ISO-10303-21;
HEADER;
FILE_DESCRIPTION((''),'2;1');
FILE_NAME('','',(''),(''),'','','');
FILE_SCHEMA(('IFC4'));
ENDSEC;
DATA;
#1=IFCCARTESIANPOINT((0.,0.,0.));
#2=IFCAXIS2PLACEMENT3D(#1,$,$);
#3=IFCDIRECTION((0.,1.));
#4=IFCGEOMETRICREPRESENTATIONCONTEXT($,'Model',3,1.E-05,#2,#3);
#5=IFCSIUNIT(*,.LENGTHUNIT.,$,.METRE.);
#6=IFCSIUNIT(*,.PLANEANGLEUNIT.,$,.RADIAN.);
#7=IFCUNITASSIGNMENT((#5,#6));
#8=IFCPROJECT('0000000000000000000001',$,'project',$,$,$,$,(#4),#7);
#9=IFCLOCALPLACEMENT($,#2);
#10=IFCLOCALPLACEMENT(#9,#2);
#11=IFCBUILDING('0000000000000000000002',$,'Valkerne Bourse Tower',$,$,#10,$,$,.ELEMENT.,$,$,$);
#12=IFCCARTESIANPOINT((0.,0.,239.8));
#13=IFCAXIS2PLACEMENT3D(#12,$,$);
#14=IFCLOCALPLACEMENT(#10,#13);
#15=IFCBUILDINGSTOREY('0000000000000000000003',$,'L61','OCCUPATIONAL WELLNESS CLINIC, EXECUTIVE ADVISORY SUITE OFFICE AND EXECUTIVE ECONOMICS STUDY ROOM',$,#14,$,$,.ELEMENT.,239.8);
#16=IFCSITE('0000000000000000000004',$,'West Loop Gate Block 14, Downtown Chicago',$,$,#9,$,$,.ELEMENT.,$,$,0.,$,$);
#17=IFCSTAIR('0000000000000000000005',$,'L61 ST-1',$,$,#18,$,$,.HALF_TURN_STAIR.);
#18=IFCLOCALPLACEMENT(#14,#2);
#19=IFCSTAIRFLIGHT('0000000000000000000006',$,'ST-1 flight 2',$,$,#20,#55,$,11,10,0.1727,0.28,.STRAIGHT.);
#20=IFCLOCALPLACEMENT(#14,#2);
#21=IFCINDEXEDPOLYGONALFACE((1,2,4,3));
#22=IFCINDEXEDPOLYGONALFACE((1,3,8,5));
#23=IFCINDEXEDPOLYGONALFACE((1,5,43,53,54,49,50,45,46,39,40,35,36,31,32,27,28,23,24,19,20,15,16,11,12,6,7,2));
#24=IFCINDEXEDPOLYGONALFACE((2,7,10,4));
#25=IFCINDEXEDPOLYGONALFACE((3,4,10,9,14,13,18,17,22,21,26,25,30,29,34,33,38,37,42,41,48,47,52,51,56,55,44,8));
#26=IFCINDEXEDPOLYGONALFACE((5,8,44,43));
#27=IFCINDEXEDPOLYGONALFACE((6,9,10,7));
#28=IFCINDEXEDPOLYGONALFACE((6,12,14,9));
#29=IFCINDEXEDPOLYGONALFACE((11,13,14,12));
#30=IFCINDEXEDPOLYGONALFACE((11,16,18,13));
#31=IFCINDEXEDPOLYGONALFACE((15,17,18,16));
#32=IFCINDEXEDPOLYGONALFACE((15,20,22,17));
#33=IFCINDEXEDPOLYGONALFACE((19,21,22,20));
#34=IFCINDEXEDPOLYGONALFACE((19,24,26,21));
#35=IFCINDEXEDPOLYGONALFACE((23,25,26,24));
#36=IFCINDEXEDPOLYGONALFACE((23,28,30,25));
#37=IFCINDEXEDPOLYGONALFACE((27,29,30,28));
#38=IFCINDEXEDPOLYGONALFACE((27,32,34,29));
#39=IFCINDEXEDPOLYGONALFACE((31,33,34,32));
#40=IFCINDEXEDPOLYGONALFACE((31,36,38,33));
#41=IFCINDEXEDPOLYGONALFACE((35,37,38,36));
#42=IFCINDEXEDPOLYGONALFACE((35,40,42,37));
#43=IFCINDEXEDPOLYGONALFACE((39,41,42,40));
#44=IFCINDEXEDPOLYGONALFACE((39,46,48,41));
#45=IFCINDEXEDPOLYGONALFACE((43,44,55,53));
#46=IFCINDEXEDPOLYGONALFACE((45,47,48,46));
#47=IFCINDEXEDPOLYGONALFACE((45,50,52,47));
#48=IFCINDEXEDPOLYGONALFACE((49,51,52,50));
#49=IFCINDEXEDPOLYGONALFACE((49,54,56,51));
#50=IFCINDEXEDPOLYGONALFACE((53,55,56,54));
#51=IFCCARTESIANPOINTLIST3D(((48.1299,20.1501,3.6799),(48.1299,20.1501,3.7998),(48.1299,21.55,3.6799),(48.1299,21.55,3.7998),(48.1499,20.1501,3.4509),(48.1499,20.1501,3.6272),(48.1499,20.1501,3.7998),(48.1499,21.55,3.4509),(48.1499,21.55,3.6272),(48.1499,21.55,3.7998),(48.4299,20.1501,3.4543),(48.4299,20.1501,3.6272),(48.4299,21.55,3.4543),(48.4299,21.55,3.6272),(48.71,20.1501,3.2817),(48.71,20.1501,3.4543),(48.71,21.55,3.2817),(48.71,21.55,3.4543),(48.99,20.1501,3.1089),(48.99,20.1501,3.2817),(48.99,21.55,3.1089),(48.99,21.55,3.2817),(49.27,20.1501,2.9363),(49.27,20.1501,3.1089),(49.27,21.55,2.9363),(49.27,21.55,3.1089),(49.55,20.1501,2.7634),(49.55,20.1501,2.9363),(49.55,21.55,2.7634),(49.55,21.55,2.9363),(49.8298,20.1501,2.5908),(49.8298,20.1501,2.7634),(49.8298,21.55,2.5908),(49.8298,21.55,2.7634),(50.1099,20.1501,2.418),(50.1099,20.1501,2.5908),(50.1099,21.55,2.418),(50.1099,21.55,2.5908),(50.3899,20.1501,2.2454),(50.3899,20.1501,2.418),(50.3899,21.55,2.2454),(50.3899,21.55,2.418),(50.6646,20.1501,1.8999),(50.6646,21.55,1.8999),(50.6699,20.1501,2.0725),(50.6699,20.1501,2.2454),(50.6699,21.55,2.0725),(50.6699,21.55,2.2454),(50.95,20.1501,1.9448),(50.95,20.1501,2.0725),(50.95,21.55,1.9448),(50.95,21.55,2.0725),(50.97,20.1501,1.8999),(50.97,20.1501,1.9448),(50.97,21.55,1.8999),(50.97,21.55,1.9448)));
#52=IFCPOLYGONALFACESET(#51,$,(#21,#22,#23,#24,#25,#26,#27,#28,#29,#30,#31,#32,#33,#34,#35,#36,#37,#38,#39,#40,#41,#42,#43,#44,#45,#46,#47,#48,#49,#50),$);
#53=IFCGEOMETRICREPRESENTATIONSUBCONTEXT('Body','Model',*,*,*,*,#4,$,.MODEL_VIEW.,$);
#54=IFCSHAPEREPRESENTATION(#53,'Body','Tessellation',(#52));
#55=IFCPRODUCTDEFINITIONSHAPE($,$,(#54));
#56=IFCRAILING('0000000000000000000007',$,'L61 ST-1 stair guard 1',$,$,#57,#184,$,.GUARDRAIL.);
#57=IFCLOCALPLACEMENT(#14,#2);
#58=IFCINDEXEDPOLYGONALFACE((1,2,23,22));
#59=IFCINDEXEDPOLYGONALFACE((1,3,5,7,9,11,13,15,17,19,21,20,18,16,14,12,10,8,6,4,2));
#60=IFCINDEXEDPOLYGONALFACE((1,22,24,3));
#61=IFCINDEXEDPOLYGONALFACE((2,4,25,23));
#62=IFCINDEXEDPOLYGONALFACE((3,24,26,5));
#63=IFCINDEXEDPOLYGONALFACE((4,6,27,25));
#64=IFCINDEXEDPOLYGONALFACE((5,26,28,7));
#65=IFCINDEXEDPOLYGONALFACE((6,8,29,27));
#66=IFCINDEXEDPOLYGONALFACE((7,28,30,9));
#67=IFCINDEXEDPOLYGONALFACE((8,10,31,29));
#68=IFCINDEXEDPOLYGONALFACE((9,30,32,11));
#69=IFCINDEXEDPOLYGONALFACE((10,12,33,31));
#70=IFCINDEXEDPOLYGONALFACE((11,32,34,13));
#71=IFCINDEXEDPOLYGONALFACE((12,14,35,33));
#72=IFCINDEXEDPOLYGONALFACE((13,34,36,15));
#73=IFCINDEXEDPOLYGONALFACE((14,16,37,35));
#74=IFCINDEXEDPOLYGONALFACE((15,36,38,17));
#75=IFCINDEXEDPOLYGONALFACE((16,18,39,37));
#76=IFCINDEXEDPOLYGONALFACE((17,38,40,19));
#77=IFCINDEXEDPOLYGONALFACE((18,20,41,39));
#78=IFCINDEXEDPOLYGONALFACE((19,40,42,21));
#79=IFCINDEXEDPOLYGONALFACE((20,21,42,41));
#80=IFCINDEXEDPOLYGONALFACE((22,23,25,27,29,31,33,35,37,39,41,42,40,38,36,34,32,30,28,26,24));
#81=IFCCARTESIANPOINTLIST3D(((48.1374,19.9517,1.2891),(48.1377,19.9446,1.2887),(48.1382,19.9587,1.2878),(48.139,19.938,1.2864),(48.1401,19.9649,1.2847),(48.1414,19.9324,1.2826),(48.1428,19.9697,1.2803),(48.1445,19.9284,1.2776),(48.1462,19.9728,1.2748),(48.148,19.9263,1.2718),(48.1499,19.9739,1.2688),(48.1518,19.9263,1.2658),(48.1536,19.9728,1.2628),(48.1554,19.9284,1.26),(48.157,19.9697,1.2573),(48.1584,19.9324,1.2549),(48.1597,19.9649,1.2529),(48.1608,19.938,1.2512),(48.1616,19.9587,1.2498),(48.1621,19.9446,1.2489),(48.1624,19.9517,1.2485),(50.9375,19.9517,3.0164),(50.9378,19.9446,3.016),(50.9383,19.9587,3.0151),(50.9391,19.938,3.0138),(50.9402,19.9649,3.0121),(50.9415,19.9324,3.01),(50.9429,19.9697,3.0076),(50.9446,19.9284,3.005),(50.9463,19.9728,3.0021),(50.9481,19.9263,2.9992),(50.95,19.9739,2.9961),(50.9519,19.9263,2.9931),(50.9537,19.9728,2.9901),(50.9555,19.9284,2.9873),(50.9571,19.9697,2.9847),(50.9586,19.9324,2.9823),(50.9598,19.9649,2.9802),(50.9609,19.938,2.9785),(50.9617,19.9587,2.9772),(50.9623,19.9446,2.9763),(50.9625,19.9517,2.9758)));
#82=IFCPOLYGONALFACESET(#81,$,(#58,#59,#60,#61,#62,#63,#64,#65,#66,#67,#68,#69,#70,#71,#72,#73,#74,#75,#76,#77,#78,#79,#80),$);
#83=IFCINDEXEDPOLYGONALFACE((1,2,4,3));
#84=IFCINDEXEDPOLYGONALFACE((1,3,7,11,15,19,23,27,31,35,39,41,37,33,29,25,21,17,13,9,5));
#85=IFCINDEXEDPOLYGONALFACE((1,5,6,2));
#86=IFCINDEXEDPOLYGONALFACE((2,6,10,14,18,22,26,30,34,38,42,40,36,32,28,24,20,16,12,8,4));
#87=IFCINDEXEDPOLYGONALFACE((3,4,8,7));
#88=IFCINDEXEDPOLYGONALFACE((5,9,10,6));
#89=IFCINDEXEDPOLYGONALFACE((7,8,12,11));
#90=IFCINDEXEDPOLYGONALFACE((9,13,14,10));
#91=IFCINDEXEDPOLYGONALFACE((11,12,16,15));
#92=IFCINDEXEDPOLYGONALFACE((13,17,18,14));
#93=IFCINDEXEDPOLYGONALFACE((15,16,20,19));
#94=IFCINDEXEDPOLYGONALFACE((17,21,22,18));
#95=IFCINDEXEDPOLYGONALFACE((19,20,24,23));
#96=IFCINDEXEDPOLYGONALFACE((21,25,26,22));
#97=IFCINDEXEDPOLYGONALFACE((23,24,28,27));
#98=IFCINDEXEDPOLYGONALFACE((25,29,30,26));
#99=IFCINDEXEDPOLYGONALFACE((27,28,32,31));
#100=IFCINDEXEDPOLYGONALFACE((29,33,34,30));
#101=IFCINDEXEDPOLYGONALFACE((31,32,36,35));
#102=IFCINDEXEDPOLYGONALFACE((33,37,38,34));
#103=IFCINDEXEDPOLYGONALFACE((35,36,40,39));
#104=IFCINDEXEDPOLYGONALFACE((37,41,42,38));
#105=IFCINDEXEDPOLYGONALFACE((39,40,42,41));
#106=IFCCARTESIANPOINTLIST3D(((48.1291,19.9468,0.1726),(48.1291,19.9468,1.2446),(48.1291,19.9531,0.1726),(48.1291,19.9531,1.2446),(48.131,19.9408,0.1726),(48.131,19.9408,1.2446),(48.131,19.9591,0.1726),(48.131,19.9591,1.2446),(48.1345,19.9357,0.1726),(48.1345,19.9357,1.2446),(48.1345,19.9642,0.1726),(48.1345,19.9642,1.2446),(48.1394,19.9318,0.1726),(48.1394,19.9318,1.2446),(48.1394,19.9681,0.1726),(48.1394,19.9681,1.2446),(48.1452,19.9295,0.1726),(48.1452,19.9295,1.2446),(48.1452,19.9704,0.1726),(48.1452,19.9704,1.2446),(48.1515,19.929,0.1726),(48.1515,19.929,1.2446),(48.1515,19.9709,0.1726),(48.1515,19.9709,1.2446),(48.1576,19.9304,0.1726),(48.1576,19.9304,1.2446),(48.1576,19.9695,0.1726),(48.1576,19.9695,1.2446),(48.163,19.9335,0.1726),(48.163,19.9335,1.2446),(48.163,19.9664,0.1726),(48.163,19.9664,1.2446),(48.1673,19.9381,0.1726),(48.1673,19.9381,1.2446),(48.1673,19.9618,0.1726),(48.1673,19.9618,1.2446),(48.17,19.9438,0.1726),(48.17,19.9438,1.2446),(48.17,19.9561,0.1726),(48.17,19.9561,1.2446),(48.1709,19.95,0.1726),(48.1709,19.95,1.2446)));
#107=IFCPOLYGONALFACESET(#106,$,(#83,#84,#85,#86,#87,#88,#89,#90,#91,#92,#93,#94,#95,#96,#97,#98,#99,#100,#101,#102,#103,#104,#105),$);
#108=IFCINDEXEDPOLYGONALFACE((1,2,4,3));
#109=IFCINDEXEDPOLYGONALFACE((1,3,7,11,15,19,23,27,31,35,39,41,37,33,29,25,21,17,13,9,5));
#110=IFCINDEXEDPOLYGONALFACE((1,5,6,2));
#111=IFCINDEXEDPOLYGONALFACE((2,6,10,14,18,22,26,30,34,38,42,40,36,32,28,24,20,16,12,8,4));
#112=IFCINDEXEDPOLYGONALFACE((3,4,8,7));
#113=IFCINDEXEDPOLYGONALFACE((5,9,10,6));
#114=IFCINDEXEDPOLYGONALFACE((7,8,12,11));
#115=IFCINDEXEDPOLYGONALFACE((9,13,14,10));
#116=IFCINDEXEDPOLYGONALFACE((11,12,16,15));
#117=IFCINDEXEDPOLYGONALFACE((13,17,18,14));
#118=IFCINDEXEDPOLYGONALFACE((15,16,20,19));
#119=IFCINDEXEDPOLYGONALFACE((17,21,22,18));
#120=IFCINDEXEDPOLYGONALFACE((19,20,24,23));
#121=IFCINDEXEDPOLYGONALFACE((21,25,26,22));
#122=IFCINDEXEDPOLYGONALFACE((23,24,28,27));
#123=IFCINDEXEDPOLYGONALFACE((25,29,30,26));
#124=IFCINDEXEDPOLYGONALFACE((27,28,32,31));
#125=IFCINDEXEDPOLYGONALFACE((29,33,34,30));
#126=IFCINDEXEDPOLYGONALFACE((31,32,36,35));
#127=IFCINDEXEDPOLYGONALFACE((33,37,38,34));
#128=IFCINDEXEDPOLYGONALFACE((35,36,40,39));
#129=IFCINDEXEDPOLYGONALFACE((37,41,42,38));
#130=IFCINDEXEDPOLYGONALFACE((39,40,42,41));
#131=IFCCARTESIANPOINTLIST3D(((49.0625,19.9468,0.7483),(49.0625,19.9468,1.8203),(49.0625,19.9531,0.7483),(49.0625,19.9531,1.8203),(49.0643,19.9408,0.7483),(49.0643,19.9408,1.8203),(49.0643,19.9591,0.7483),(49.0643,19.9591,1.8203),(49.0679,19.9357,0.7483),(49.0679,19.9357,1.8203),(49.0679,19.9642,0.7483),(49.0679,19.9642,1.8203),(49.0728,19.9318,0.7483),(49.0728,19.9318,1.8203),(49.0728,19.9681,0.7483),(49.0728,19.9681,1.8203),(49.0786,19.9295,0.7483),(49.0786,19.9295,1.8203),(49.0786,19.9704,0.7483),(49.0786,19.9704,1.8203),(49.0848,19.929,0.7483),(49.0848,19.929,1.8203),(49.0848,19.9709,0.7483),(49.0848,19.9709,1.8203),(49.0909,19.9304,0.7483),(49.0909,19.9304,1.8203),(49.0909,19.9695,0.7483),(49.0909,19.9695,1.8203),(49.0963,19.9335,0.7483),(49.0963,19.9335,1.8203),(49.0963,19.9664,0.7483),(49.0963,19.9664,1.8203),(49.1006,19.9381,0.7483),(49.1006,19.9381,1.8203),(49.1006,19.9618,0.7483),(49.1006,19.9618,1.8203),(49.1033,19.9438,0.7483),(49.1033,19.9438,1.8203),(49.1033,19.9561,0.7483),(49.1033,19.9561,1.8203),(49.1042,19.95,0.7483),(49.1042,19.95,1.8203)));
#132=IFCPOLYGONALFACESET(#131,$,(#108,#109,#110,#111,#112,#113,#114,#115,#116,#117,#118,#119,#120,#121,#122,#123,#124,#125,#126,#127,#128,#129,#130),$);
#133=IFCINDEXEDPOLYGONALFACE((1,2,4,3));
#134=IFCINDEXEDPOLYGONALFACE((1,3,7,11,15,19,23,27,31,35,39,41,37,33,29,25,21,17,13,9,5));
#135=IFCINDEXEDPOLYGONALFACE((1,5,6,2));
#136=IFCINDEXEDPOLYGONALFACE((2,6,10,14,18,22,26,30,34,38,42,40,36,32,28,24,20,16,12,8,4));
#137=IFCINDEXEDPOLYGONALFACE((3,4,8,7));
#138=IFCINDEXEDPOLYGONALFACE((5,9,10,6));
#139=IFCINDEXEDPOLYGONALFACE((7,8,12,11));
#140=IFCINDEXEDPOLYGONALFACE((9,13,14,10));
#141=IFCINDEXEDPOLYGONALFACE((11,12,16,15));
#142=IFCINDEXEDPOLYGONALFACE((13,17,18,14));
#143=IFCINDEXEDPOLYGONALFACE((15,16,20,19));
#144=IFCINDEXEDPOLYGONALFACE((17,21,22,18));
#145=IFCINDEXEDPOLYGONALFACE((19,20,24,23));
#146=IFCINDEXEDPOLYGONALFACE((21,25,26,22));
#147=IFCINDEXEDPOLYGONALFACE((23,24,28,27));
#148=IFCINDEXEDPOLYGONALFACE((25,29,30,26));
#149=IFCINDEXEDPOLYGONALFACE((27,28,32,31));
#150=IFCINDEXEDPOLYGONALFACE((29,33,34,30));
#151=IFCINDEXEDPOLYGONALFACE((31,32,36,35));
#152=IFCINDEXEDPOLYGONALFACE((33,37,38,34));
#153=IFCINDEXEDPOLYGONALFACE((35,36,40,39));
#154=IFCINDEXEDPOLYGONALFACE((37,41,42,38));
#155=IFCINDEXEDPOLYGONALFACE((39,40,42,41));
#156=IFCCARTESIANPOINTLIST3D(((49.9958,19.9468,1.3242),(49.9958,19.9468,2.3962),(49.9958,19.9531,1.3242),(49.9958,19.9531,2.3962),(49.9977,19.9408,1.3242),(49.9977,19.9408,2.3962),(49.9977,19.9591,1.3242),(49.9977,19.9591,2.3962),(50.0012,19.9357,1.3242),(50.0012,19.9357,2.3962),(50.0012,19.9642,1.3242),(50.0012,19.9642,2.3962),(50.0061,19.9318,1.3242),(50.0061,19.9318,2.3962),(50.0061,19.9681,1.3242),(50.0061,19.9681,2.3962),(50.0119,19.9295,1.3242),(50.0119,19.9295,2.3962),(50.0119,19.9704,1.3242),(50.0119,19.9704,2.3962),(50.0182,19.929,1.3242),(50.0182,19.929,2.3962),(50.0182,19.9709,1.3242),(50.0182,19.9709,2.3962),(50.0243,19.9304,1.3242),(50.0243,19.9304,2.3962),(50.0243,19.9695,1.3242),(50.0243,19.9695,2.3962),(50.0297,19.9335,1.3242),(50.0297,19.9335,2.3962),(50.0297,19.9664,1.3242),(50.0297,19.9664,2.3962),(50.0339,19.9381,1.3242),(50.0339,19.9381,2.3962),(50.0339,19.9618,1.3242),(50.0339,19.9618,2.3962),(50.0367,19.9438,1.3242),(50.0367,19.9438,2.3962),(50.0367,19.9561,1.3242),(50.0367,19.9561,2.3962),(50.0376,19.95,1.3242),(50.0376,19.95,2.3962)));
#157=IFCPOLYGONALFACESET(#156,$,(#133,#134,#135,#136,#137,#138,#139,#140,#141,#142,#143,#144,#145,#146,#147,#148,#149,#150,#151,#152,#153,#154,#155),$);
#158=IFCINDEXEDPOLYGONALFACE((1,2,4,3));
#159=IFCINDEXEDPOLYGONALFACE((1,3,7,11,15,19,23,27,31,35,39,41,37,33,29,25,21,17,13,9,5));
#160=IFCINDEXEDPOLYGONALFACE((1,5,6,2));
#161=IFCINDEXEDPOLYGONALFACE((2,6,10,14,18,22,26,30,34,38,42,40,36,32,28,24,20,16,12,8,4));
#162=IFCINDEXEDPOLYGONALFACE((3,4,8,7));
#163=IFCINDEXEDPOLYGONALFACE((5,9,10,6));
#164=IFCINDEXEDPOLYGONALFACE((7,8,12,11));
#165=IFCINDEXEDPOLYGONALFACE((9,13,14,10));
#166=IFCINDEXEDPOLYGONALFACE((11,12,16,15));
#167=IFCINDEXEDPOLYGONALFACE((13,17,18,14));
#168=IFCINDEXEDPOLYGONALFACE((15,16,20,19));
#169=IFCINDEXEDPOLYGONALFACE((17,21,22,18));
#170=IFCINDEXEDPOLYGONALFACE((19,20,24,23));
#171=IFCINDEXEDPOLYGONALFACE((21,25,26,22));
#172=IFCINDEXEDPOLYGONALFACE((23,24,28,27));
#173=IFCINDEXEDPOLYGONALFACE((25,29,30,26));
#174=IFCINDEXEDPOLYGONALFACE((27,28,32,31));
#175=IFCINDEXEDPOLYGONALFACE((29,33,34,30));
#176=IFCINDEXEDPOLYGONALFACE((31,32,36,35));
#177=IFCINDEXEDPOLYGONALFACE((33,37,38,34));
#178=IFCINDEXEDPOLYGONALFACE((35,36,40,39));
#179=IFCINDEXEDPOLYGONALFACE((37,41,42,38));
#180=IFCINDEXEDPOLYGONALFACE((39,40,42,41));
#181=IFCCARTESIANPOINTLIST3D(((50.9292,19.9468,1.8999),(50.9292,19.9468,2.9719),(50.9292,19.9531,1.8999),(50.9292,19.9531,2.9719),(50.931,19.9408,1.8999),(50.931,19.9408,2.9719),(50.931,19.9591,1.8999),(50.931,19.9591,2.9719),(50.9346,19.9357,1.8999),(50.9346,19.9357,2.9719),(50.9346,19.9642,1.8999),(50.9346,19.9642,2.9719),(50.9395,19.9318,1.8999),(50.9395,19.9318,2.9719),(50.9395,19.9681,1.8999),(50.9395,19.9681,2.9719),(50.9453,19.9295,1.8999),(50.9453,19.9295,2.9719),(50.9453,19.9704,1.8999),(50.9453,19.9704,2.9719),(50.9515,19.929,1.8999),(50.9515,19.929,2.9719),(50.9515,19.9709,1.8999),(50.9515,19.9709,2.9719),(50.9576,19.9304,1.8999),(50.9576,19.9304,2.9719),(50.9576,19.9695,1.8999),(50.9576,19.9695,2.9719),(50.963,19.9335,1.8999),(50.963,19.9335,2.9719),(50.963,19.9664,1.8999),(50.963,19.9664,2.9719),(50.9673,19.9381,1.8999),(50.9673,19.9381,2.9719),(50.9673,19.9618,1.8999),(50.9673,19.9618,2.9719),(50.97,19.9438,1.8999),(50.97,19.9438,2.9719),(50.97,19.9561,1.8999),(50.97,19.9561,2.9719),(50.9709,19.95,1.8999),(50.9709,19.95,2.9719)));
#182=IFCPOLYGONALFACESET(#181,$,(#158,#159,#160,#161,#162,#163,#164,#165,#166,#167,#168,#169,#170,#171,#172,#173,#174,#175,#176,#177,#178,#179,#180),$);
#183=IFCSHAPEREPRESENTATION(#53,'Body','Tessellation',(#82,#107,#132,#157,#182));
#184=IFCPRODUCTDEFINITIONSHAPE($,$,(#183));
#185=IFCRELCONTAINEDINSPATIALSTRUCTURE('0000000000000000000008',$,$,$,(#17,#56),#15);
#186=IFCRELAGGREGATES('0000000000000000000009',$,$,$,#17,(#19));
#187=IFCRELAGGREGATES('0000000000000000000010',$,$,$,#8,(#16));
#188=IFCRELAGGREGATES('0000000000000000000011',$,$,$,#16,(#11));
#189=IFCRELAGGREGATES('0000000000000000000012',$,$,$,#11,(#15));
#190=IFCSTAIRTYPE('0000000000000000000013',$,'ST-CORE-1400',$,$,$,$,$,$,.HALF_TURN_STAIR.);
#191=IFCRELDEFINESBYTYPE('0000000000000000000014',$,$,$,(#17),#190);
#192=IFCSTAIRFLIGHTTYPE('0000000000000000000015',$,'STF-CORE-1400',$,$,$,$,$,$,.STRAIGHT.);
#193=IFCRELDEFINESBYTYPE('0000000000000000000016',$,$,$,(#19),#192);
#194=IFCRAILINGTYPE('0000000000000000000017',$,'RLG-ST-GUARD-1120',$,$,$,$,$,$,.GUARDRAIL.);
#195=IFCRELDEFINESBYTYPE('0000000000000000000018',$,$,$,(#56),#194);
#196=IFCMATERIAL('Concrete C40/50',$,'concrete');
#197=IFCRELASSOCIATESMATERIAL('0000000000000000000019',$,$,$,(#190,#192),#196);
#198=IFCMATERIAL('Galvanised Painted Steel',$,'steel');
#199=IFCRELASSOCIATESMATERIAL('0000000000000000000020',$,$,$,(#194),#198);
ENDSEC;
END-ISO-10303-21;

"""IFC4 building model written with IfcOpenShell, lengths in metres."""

from ifc_helpers import new_model, si_unit, direction, frame, origin, origin_2d, place, context, subcontext, project, spatial, polyline, circle, outline, extrude, material, type_object, element, aggregate, save


model = new_model("IFC4")

# Units and contexts
model_context = context("Model", 3, precision=1e-05, world=origin(), true_north=direction((0.0, 1.0)))
body_context = subcontext(model_context, "Body", "Model", "MODEL_VIEW")
ifc_project = project(units=[si_unit("LENGTHUNIT", "METRE"), si_unit("PLANEANGLEUNIT", "RADIAN")], contexts=[model_context])

# Site, building, storey
site_placement = place(None, origin())
site = spatial("IfcSite", under=ifc_project, at=site_placement, Name="West Loop Gate Block 14, Downtown Chicago", CompositionType="ELEMENT", RefElevation=0.0)
building_placement = place(site_placement, origin())
building = spatial("IfcBuilding", under=site, at=building_placement, Name="Valkerne Bourse Tower", CompositionType="ELEMENT")
storey_placement = place(building_placement, frame((0.0, 0.0, 239.8)))
storey = spatial("IfcBuildingStorey", under=building, at=storey_placement, Name="L61", Description="OCCUPATIONAL WELLNESS CLINIC, EXECUTIVE ADVISORY SUITE OFFICE AND EXECUTIVE ECONOMICS STUDY ROOM", CompositionType="ELEMENT", Elevation=239.8)

# Shared definitions
ifc_material_1 = material(Name="Galvanised Painted Steel", Category="steel")

# Shared definitions
ifc_material_2 = material(Name="Concrete C40/50", Category="concrete")

# Stair, stair flight
stair_type = type_object("IfcStairType", Name="ST-CORE-1400", PredefinedType="HALF_TURN_STAIR", material=ifc_material_2)
stair_placement = place(storey_placement, origin())
stair = element("IfcStair", 1, at=stair_placement, inside=storey, type_object=stair_type, Name="L61 ST-1", PredefinedType="HALF_TURN_STAIR")
stair_flight_type = type_object("IfcStairFlightType", Name="STF-CORE-1400", PredefinedType="STRAIGHT", material=ifc_material_2)
stair_flight_1_placement = place(storey_placement, frame((50.95, 20.8501, 1.8999), z_axis=(0.0, 0.0, 1.0), x_axis=(-1.0, 0.0, 0.0)))
stair_flight_1 = element("IfcStairFlight", 2, at=stair_flight_1_placement, type_object=stair_flight_type, Name="ST-1 flight 2", NumberOfRisers=11, NumberOfTreads=10, PredefinedType="STRAIGHT", RiserHeight=0.1727, TreadLength=0.28, context=body_context, shape_type="SweptSolid", body=[
    extrude(outline(polyline([(-0.02, 0.0), (-0.02, 0.0449), (0.0, 0.0449), (0.0, 0.1726), (0.28, 0.1726), (0.28, 0.3455), (0.5601, 0.3455), (0.5601, 0.5181), (0.8401, 0.5181), (0.8401, 0.6909), (1.1201, 0.6909), (1.1201, 0.8635), (1.3999, 0.8635), (1.3999, 1.0364), (1.6799, 1.0364), (1.6799, 1.209), (1.96, 1.209), (1.96, 1.3818), (2.24, 1.3818), (2.24, 1.5544), (2.52, 1.5544), (2.52, 1.7273), (2.8, 1.7273), (2.8, 1.8999), (2.8201, 1.8999), (2.8201, 1.78), (2.8, 1.551), (0.2854, 0.0), (-0.02, 0.0)])), frame((0.0, 0.7, 0.0), z_axis=(0.0, -1.0, 0.0), x_axis=(1.0, 0.0, 0.0)), (0.0, 0.0, 1.0), 1.3999),
])
aggregate(stair, [stair_flight_1])

# Railing
railing_type_1 = type_object("IfcRailingType", Name="RLG-ST-GUARD-1120", PredefinedType="GUARDRAIL", material=ifc_material_1)
railing_1_placement = place(storey_placement, frame((48.1499, 19.95, 0.1726)))
element("IfcRailing", 3, at=railing_1_placement, inside=storey, type_object=railing_type_1, Name="L61 ST-1 stair guard 1", PredefinedType="GUARDRAIL", context=body_context, shape_type="SweptSolid", body=[
    extrude(circle(Radius=0.0239, at=origin_2d()), frame((0.0, 0.0, 1.0962), z_axis=(0.85109, 0.0, 0.52502), x_axis=(0.0, 1.0, 0.0)), (0.0, 0.0, 1.0), 3.29),
    extrude(circle(Radius=0.021, at=origin_2d()), origin(), (0.0, 0.0, 1.0), 1.072),
    extrude(circle(Radius=0.021, at=origin_2d()), frame((0.9333, 0.0, 0.5757)), (0.0, 0.0, 1.0), 1.072),
    extrude(circle(Radius=0.021, at=origin_2d()), frame((1.8667, 0.0, 1.1516)), (0.0, 0.0, 1.0), 1.072),
    extrude(circle(Radius=0.021, at=origin_2d()), frame((2.8, 0.0, 1.7273)), (0.0, 0.0, 1.0), 1.072),
])

save(model, "model.ifc")
